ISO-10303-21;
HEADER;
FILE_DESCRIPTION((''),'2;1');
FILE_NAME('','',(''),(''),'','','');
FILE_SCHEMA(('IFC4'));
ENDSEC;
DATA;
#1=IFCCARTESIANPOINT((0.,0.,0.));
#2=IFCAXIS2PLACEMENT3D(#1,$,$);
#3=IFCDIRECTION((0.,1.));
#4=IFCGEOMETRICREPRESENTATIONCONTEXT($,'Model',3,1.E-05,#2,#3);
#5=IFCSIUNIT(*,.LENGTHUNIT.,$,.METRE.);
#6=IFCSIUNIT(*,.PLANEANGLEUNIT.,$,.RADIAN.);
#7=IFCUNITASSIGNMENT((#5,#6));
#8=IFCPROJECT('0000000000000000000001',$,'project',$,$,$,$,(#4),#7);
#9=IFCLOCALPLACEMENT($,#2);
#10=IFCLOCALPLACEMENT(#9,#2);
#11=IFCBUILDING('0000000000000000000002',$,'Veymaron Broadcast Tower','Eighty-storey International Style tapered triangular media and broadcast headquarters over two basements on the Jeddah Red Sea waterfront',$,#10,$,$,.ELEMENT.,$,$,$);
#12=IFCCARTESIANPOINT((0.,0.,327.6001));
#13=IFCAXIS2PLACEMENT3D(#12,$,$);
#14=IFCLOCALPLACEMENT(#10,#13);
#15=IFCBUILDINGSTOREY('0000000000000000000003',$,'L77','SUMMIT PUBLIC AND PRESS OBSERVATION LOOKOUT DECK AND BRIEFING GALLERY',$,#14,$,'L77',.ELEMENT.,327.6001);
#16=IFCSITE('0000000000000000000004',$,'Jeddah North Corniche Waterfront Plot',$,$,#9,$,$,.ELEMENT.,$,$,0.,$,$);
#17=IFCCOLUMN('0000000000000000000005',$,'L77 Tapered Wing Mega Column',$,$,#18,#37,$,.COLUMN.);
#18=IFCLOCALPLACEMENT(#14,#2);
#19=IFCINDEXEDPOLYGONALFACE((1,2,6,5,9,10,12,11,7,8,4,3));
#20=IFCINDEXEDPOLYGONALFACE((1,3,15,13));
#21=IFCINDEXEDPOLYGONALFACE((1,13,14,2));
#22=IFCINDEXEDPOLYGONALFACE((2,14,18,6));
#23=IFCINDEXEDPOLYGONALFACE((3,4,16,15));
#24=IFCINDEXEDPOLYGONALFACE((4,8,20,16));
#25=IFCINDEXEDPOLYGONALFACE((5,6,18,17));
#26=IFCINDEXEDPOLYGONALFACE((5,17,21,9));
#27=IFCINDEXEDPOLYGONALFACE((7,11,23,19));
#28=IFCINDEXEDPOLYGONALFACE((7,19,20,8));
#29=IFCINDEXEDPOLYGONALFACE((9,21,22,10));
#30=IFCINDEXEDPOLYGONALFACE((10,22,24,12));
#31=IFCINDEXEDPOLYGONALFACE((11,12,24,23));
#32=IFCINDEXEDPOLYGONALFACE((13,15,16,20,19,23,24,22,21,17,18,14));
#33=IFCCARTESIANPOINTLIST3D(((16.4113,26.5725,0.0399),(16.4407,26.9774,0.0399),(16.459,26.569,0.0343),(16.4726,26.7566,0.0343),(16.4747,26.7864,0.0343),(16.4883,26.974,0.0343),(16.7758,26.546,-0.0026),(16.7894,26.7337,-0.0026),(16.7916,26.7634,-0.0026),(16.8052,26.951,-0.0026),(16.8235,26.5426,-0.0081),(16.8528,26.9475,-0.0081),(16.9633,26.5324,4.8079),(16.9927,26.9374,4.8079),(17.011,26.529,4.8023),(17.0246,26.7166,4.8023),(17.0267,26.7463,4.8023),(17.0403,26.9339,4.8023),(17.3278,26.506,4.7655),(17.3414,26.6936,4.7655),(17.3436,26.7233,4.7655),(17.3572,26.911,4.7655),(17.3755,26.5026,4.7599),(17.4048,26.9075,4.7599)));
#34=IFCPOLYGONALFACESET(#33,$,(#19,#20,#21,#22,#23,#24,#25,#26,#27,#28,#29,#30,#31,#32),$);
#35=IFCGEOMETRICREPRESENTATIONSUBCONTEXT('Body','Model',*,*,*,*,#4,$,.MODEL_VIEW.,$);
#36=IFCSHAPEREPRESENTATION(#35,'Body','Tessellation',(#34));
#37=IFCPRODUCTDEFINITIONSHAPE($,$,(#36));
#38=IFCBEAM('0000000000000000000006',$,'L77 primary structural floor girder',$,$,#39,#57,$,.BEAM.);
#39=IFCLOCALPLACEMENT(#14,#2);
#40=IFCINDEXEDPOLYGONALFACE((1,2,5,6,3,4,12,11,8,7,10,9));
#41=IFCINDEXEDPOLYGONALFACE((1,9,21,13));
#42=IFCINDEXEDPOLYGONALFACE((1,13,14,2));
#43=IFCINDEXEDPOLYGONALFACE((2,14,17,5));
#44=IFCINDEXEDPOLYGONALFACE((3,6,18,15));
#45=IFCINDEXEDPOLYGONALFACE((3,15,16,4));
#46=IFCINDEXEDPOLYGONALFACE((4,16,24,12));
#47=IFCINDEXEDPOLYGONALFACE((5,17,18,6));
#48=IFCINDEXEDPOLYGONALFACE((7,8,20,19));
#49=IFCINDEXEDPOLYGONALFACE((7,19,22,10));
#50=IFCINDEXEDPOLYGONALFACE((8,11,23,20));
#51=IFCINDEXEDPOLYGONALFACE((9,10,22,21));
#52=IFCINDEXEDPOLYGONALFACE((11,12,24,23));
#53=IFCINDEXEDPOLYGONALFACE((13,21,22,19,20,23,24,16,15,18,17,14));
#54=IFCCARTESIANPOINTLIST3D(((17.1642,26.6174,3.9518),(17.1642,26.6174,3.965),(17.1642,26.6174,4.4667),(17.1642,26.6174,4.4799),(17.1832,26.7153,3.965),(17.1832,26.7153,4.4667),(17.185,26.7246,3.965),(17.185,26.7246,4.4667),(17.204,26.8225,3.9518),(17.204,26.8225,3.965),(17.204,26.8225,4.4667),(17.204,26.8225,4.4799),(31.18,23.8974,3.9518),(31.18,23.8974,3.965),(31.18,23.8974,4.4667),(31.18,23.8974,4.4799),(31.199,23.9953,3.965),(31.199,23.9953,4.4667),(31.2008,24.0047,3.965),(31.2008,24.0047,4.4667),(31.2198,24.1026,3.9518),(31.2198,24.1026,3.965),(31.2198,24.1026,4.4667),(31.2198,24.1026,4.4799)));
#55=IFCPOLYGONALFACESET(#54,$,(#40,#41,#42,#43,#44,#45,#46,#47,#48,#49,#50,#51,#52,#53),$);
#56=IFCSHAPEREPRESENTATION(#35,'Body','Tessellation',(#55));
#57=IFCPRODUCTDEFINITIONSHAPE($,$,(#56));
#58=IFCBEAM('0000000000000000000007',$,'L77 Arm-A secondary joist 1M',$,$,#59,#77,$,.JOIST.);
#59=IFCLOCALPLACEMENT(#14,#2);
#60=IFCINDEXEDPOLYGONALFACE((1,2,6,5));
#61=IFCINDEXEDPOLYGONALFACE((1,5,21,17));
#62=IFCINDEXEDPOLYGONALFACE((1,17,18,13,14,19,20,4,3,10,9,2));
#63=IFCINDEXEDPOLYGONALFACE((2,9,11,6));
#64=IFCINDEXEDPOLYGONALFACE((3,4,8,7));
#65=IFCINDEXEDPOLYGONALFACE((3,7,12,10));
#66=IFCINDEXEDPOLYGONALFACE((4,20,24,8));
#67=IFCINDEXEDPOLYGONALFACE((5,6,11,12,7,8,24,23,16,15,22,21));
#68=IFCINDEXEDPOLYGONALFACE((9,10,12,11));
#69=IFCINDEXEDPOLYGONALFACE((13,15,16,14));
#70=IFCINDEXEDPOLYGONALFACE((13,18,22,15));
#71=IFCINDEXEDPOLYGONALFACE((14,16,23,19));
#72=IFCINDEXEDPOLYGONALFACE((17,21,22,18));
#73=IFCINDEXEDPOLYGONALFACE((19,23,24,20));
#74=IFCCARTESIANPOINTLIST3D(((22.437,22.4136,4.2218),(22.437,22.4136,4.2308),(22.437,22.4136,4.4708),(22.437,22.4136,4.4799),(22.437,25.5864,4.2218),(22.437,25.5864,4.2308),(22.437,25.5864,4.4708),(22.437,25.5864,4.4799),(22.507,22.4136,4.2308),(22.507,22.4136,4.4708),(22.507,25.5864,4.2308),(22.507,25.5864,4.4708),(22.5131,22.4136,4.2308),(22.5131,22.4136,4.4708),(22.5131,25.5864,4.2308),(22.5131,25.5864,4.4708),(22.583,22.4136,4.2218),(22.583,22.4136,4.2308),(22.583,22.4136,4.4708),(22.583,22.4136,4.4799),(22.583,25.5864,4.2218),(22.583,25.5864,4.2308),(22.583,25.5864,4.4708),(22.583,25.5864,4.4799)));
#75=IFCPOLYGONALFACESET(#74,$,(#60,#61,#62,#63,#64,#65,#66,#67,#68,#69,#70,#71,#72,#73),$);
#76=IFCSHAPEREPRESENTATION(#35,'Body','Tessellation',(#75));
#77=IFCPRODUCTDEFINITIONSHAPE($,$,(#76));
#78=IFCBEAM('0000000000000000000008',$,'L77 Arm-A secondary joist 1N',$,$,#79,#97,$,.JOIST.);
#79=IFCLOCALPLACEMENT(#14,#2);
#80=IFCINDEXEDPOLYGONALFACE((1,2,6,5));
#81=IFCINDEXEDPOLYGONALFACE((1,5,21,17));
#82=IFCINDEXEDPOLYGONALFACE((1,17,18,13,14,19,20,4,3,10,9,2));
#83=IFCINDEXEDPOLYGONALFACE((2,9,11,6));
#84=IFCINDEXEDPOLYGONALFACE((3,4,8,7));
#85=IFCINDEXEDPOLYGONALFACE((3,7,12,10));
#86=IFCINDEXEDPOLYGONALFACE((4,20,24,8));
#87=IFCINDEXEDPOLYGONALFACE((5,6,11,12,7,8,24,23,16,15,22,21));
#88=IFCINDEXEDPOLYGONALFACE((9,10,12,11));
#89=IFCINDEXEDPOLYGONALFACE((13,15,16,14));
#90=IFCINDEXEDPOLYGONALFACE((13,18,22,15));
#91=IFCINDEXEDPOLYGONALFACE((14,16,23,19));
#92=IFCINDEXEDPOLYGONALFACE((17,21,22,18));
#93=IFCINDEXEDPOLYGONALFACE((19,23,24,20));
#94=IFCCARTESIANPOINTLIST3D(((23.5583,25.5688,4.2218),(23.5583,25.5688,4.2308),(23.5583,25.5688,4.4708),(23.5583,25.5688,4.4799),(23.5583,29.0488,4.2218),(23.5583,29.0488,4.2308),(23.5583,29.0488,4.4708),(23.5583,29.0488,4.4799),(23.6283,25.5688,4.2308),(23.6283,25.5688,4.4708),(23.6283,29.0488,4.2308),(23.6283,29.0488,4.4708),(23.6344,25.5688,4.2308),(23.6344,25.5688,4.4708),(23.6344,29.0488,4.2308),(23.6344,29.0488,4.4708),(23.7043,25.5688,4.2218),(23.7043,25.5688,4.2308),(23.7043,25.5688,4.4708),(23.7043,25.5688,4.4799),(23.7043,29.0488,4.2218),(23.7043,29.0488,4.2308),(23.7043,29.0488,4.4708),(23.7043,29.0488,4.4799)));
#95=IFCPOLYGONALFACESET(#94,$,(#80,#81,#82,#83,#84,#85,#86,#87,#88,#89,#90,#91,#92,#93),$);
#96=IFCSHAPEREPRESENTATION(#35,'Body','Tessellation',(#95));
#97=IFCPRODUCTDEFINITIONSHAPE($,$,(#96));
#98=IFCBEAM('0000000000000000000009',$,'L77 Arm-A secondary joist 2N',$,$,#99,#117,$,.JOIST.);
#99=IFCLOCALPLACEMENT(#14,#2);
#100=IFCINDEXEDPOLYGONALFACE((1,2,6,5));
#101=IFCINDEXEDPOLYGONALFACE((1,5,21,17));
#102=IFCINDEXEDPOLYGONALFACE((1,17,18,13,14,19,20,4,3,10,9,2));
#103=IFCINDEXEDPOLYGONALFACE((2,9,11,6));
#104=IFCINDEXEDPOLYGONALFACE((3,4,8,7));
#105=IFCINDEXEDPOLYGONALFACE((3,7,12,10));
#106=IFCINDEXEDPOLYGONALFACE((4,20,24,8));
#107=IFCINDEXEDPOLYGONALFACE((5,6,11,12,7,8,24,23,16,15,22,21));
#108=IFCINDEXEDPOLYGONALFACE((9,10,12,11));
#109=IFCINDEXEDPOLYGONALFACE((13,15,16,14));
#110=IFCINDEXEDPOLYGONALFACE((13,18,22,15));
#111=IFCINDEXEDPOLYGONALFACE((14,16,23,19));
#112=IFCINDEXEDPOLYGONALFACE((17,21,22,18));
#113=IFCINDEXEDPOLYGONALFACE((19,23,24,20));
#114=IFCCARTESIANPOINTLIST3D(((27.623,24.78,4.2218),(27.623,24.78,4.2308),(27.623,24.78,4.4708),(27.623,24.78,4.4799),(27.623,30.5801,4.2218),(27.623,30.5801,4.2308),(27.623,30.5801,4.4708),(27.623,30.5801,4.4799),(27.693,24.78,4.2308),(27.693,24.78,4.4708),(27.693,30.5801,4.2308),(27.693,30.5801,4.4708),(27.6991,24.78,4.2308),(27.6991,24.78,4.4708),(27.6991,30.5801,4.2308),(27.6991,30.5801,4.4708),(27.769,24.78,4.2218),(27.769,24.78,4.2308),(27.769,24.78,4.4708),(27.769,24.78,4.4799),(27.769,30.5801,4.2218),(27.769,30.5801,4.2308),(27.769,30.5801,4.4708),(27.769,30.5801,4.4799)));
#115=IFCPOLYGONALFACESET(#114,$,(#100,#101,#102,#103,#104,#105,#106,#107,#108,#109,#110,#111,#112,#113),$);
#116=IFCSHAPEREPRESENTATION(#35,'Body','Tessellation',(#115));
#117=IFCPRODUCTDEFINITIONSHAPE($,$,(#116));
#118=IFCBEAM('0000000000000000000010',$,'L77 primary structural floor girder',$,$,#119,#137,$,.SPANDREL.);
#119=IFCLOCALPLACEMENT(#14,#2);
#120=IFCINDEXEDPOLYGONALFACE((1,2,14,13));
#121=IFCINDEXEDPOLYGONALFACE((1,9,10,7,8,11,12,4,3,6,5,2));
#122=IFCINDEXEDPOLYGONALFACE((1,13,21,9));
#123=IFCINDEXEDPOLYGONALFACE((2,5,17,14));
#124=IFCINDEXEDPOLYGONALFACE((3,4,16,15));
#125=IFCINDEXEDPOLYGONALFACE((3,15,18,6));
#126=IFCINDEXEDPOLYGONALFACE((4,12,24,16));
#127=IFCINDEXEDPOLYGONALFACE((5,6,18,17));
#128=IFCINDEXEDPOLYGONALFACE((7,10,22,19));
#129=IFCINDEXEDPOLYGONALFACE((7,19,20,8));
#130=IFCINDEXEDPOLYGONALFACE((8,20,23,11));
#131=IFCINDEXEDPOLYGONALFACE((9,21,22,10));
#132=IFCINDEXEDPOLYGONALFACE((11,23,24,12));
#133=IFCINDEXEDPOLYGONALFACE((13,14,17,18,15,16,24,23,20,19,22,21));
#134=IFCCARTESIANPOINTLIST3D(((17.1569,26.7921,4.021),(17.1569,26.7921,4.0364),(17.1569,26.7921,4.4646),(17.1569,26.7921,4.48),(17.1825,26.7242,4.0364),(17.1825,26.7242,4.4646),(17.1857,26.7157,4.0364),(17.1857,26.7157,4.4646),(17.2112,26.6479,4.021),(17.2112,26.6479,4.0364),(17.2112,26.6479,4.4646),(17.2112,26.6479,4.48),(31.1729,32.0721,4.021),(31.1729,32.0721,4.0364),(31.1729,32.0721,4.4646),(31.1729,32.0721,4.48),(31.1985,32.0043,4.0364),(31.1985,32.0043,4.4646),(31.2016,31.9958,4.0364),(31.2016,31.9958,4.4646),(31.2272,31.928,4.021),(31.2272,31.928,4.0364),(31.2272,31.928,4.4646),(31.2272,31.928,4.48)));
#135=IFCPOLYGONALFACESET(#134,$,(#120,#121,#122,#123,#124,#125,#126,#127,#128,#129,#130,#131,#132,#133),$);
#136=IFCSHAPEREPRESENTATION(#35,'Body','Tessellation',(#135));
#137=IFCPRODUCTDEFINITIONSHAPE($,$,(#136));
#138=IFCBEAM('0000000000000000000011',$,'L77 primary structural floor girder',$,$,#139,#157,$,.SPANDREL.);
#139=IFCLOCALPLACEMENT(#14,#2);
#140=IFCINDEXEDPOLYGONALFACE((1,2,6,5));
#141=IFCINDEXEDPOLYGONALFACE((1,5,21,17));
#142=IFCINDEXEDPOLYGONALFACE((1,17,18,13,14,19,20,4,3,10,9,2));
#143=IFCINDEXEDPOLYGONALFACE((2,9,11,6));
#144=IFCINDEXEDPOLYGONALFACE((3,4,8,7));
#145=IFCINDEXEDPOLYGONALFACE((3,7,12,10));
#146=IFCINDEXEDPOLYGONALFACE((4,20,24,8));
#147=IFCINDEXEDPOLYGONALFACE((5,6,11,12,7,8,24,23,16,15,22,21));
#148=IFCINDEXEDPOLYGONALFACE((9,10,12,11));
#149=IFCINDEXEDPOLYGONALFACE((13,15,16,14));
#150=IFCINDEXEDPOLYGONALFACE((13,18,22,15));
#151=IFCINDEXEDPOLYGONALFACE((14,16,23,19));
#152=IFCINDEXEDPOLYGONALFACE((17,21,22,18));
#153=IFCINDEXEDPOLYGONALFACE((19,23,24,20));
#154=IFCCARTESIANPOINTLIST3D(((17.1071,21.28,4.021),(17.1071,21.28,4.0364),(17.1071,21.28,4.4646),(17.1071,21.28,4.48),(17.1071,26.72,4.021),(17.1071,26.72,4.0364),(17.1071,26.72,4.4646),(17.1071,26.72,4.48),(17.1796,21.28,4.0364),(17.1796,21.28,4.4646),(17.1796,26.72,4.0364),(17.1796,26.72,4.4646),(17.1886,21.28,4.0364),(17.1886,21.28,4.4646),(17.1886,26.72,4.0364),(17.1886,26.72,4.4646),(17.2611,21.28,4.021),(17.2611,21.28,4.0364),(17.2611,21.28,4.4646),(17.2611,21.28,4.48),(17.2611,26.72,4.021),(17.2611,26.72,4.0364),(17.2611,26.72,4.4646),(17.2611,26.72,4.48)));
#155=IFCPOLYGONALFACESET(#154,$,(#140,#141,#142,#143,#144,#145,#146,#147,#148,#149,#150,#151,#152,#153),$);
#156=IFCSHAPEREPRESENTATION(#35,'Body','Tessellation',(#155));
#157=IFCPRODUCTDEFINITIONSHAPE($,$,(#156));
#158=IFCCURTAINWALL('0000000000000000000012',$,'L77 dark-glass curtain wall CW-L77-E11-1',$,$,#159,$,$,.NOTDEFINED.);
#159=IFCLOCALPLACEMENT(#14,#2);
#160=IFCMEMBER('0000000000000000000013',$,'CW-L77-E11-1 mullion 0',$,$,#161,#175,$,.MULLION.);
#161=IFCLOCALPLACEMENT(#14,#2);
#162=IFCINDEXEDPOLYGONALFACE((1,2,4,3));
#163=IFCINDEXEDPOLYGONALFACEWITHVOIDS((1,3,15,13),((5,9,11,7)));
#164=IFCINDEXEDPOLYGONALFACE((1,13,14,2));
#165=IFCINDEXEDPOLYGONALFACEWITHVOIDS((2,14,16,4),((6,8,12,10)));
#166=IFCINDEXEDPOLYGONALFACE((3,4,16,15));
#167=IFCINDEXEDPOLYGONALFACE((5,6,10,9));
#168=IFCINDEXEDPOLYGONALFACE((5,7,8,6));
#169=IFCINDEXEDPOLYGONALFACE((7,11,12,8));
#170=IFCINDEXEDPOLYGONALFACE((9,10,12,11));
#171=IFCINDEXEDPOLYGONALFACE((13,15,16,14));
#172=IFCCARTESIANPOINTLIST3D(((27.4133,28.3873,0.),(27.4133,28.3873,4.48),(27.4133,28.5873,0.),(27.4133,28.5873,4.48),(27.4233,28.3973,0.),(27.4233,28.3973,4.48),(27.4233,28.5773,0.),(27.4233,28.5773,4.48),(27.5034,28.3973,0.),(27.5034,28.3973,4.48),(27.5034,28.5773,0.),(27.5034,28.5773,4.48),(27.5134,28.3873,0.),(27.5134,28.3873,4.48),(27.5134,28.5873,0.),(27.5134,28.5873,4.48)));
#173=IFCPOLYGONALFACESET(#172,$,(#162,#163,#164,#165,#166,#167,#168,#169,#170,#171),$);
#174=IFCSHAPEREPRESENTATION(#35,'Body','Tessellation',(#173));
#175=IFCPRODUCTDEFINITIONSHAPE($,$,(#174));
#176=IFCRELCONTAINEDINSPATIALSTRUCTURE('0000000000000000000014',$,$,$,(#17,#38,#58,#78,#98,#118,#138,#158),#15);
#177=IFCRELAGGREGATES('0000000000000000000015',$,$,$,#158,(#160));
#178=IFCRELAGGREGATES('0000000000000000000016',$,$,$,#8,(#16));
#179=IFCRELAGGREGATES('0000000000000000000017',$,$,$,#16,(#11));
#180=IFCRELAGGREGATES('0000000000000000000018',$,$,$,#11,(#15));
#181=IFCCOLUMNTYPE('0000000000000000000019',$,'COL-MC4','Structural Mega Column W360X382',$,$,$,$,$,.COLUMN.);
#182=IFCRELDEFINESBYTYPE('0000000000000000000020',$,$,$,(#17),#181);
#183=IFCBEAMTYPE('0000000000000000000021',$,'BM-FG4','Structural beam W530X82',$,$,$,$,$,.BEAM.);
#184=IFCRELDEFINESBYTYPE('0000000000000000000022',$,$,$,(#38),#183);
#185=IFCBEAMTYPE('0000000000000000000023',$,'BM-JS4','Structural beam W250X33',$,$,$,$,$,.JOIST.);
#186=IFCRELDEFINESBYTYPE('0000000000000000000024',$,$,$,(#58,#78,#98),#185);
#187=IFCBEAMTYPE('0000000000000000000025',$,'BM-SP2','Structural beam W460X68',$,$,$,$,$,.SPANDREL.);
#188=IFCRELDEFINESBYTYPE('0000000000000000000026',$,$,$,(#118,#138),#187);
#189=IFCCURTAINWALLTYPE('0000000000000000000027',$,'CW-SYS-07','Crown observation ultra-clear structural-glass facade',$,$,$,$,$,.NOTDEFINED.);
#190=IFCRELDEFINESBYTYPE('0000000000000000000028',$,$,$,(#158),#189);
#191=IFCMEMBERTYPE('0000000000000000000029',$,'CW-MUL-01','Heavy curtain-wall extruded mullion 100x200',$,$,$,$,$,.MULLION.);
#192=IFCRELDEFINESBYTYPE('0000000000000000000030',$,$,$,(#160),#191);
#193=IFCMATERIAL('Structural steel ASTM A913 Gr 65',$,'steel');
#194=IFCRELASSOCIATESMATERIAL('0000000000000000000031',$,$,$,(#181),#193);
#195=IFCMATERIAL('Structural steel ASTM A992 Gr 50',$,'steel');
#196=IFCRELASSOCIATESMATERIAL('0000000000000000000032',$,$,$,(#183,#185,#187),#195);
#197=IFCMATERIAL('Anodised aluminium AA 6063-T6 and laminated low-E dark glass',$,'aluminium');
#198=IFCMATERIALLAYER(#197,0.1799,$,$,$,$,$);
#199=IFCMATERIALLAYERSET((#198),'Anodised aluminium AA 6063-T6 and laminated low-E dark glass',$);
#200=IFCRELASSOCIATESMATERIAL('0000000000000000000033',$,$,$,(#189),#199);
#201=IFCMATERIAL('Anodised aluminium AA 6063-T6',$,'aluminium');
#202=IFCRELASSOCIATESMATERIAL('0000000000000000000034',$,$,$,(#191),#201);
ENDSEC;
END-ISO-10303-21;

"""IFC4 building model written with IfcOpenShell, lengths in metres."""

from ifc_helpers import new_model, si_unit, direction, frame, origin, origin_2d, place, context, subcontext, project, spatial, hollow_rectangle, i_section, extrude, material, layer, layer_set, material_profile, profile_set, type_object, element, aggregate, save


model = new_model("IFC4")

# Units and contexts
model_context = context("Model", 3, precision=1e-05, world=origin(), true_north=direction((0.0, 1.0)))
body_context = subcontext(model_context, "Body", "Model", "MODEL_VIEW")
ifc_project = project(units=[si_unit("LENGTHUNIT", "METRE"), si_unit("PLANEANGLEUNIT", "RADIAN")], contexts=[model_context])

# Site, building, storey
site_placement = place(None, origin())
site = spatial("IfcSite", under=ifc_project, at=site_placement, Name="Jeddah North Corniche Waterfront Plot", CompositionType="ELEMENT", RefElevation=0.0)
building_placement = place(site_placement, origin())
building = spatial("IfcBuilding", under=site, at=building_placement, Name="Veymaron Broadcast Tower", Description="Eighty-storey International Style tapered triangular media and broadcast headquarters over two basements on the Jeddah Red Sea waterfront", CompositionType="ELEMENT")
storey_placement = place(building_placement, frame((0.0, 0.0, 327.6001)))
storey = spatial("IfcBuildingStorey", under=building, at=storey_placement, Name="L77", Description="SUMMIT PUBLIC AND PRESS OBSERVATION LOOKOUT DECK AND BRIEFING GALLERY", LongName="L77", CompositionType="ELEMENT", Elevation=327.6001)

# Column
ifc_material_1 = material(Name="Structural steel ASTM A913 Gr 65", Category="steel")
ifc_material_profile_1 = material_profile(ifc_material_1, i_section(OverallWidth=0.406, OverallDepth=0.416, WebThickness=0.0298, FlangeThickness=0.0481, at=origin_2d()), Name="W360X382")
ifc_profile_set_1 = profile_set([ifc_material_profile_1], Name="Structural steel ASTM A913 Gr 65")
column_type = type_object("IfcColumnType", Name="COL-MC4", Description="Structural Mega Column W360X382", PredefinedType="COLUMN", material=ifc_profile_set_1)
column_placement = place(storey_placement, frame((16.6321, 26.76, 0.0159), z_axis=(0.114998, -0.008341, 0.993331), x_axis=(0.072344, 0.99738, 0.0)))
element("IfcColumn", 1, at=column_placement, inside=storey, type_object=column_type, Name="L77 Tapered Wing Mega Column", PredefinedType="COLUMN", context=body_context, shape_type="SweptSolid", body=[
    extrude(i_section(OverallWidth=0.406, OverallDepth=0.416, WebThickness=0.0298, FlangeThickness=0.0481, at=origin_2d()), origin(), (0.0, 0.0, 1.0), 4.8),
])

# Beams
ifc_material_2 = material(Name="Structural steel ASTM A992 Gr 50", Category="steel")
ifc_material_profile_2 = material_profile(ifc_material_2, i_section(OverallWidth=0.209, OverallDepth=0.5281, WebThickness=0.0095, FlangeThickness=0.0132, at=origin_2d()), Name="W530X82")
ifc_profile_set_2 = profile_set([ifc_material_profile_2], Name="Structural steel ASTM A992 Gr 50")
beam_type_1 = type_object("IfcBeamType", Name="BM-FG4", Description="Structural beam W530X82", PredefinedType="BEAM", material=ifc_profile_set_2)
beam_1_placement = place(storey_placement, frame((17.1841, 26.72, 4.2158), z_axis=(0.981685, -0.190509, 0.0), x_axis=(0.190509, 0.981685, 0.0)))
element("IfcBeam", 2, at=beam_1_placement, inside=storey, type_object=beam_type_1, Name="L77 primary structural floor girder", PredefinedType="BEAM", context=body_context, shape_type="SweptSolid", body=[
    extrude(i_section(OverallWidth=0.209, OverallDepth=0.5281, WebThickness=0.0095, FlangeThickness=0.0132, at=origin_2d()), origin(), (0.0, 0.0, 1.0), 14.2773),
])
ifc_material_profile_3 = material_profile(ifc_material_2, i_section(OverallWidth=0.146, OverallDepth=0.2581, WebThickness=0.0061, FlangeThickness=0.009, at=origin_2d()), Name="W250X33")
ifc_profile_set_3 = profile_set([ifc_material_profile_3], Name="Structural steel ASTM A992 Gr 50")
beam_type_2 = type_object("IfcBeamType", Name="BM-JS4", Description="Structural beam W250X33", PredefinedType="JOIST", material=ifc_profile_set_3)
beam_2_placement = place(storey_placement, frame((22.51, 22.4136, 4.3508), z_axis=(0.0, 1.0, 0.0), x_axis=(-1.0, 0.0, 0.0)))
element("IfcBeam", 3, at=beam_2_placement, inside=storey, type_object=beam_type_2, Name="L77 Arm-A secondary joist 1M", PredefinedType="JOIST", context=body_context, shape_type="SweptSolid", body=[
    extrude(i_section(OverallWidth=0.146, OverallDepth=0.2581, WebThickness=0.0061, FlangeThickness=0.009, at=origin_2d()), origin(), (0.0, 0.0, 1.0), 3.1729),
])
beam_3_placement = place(storey_placement, frame((23.6313, 25.5688, 4.3508), z_axis=(0.0, 1.0, 0.0), x_axis=(-1.0, 0.0, 0.0)))
element("IfcBeam", 4, at=beam_3_placement, inside=storey, type_object=beam_type_2, Name="L77 Arm-A secondary joist 1N", PredefinedType="JOIST", context=body_context, shape_type="SweptSolid", body=[
    extrude(i_section(OverallWidth=0.146, OverallDepth=0.2581, WebThickness=0.0061, FlangeThickness=0.009, at=origin_2d()), origin(), (0.0, 0.0, 1.0), 3.48),
])
beam_4_placement = place(storey_placement, frame((27.696, 24.78, 4.3508), z_axis=(0.0, 1.0, 0.0), x_axis=(-1.0, 0.0, 0.0)))
element("IfcBeam", 5, at=beam_4_placement, inside=storey, type_object=beam_type_2, Name="L77 Arm-A secondary joist 2N", PredefinedType="JOIST", context=body_context, shape_type="SweptSolid", body=[
    extrude(i_section(OverallWidth=0.146, OverallDepth=0.2581, WebThickness=0.0061, FlangeThickness=0.009, at=origin_2d()), origin(), (0.0, 0.0, 1.0), 5.8),
])
ifc_material_profile_4 = material_profile(ifc_material_2, i_section(OverallWidth=0.1541, OverallDepth=0.459, WebThickness=0.009, FlangeThickness=0.0154, at=origin_2d()), Name="W460X68")
ifc_profile_set_4 = profile_set([ifc_material_profile_4], Name="Structural steel ASTM A992 Gr 50")
beam_type_3 = type_object("IfcBeamType", Name="BM-SP2", Description="Structural beam W460X68", PredefinedType="SPANDREL", material=ifc_profile_set_4)
beam_5_placement = place(storey_placement, frame((17.1841, 26.72, 4.2505), z_axis=(0.9358, 0.352532, 0.0), x_axis=(-0.352532, 0.9358, 0.0)))
element("IfcBeam", 6, at=beam_5_placement, inside=storey, type_object=beam_type_3, Name="L77 primary structural floor girder", PredefinedType="SPANDREL", context=body_context, shape_type="SweptSolid", body=[
    extrude(i_section(OverallWidth=0.1541, OverallDepth=0.459, WebThickness=0.009, FlangeThickness=0.0154, at=origin_2d()), origin(), (0.0, 0.0, 1.0), 14.9775),
])
beam_6_placement = place(storey_placement, frame((17.1841, 21.28, 4.2505), z_axis=(0.0, 1.0, 0.0), x_axis=(-1.0, 0.0, 0.0)))
element("IfcBeam", 7, at=beam_6_placement, inside=storey, type_object=beam_type_3, Name="L77 primary structural floor girder", PredefinedType="SPANDREL", context=body_context, shape_type="SweptSolid", body=[
    extrude(i_section(OverallWidth=0.1541, OverallDepth=0.459, WebThickness=0.009, FlangeThickness=0.0154, at=origin_2d()), origin(), (0.0, 0.0, 1.0), 5.4399),
])

# Curtain wall, member
ifc_material_3 = material(Name="Anodised aluminium AA 6063-T6 and laminated low-E dark glass", Category="aluminium")
ifc_layer_1 = layer(ifc_material_3, 0.1799)
ifc_layer_set_1 = layer_set([ifc_layer_1], Name="Anodised aluminium AA 6063-T6 and laminated low-E dark glass")
curtain_wall_type = type_object("IfcCurtainWallType", Name="CW-SYS-07", Description="Crown observation ultra-clear structural-glass facade", PredefinedType="NOTDEFINED", material=ifc_layer_set_1)
curtain_wall_placement = place(storey_placement, origin())
curtain_wall = element("IfcCurtainWall", 8, at=curtain_wall_placement, inside=storey, type_object=curtain_wall_type, Name="L77 dark-glass curtain wall CW-L77-E11-1", PredefinedType="NOTDEFINED")
ifc_material_4 = material(Name="Anodised aluminium AA 6063-T6", Category="aluminium")
ifc_material_profile_5 = material_profile(ifc_material_4, hollow_rectangle(XDim=0.1001, YDim=0.2, WallThickness=0.01, at=origin_2d()), Name="RHS200X100X10")
ifc_profile_set_5 = profile_set([ifc_material_profile_5], Name="Anodised aluminium AA 6063-T6")
member_type_1 = type_object("IfcMemberType", Name="CW-MUL-01", Description="Heavy curtain-wall extruded mullion 100x200", PredefinedType="MULLION", material=ifc_profile_set_5)
member_1_placement = place(storey_placement, frame((27.4634, 28.4873, 0.0), z_axis=(0.0, 0.0, 1.0), x_axis=(1.0, 0.0, 0.0)))
member_1 = element("IfcMember", 9, at=member_1_placement, type_object=member_type_1, Name="CW-L77-E11-1 mullion 0", PredefinedType="MULLION", context=body_context, shape_type="SweptSolid", body=[
    extrude(hollow_rectangle(XDim=0.1001, YDim=0.2, WallThickness=0.01, at=origin_2d()), origin(), (0.0, 0.0, 1.0), 4.48),
])
aggregate(curtain_wall, [member_1])

save(model, "model.ifc")
